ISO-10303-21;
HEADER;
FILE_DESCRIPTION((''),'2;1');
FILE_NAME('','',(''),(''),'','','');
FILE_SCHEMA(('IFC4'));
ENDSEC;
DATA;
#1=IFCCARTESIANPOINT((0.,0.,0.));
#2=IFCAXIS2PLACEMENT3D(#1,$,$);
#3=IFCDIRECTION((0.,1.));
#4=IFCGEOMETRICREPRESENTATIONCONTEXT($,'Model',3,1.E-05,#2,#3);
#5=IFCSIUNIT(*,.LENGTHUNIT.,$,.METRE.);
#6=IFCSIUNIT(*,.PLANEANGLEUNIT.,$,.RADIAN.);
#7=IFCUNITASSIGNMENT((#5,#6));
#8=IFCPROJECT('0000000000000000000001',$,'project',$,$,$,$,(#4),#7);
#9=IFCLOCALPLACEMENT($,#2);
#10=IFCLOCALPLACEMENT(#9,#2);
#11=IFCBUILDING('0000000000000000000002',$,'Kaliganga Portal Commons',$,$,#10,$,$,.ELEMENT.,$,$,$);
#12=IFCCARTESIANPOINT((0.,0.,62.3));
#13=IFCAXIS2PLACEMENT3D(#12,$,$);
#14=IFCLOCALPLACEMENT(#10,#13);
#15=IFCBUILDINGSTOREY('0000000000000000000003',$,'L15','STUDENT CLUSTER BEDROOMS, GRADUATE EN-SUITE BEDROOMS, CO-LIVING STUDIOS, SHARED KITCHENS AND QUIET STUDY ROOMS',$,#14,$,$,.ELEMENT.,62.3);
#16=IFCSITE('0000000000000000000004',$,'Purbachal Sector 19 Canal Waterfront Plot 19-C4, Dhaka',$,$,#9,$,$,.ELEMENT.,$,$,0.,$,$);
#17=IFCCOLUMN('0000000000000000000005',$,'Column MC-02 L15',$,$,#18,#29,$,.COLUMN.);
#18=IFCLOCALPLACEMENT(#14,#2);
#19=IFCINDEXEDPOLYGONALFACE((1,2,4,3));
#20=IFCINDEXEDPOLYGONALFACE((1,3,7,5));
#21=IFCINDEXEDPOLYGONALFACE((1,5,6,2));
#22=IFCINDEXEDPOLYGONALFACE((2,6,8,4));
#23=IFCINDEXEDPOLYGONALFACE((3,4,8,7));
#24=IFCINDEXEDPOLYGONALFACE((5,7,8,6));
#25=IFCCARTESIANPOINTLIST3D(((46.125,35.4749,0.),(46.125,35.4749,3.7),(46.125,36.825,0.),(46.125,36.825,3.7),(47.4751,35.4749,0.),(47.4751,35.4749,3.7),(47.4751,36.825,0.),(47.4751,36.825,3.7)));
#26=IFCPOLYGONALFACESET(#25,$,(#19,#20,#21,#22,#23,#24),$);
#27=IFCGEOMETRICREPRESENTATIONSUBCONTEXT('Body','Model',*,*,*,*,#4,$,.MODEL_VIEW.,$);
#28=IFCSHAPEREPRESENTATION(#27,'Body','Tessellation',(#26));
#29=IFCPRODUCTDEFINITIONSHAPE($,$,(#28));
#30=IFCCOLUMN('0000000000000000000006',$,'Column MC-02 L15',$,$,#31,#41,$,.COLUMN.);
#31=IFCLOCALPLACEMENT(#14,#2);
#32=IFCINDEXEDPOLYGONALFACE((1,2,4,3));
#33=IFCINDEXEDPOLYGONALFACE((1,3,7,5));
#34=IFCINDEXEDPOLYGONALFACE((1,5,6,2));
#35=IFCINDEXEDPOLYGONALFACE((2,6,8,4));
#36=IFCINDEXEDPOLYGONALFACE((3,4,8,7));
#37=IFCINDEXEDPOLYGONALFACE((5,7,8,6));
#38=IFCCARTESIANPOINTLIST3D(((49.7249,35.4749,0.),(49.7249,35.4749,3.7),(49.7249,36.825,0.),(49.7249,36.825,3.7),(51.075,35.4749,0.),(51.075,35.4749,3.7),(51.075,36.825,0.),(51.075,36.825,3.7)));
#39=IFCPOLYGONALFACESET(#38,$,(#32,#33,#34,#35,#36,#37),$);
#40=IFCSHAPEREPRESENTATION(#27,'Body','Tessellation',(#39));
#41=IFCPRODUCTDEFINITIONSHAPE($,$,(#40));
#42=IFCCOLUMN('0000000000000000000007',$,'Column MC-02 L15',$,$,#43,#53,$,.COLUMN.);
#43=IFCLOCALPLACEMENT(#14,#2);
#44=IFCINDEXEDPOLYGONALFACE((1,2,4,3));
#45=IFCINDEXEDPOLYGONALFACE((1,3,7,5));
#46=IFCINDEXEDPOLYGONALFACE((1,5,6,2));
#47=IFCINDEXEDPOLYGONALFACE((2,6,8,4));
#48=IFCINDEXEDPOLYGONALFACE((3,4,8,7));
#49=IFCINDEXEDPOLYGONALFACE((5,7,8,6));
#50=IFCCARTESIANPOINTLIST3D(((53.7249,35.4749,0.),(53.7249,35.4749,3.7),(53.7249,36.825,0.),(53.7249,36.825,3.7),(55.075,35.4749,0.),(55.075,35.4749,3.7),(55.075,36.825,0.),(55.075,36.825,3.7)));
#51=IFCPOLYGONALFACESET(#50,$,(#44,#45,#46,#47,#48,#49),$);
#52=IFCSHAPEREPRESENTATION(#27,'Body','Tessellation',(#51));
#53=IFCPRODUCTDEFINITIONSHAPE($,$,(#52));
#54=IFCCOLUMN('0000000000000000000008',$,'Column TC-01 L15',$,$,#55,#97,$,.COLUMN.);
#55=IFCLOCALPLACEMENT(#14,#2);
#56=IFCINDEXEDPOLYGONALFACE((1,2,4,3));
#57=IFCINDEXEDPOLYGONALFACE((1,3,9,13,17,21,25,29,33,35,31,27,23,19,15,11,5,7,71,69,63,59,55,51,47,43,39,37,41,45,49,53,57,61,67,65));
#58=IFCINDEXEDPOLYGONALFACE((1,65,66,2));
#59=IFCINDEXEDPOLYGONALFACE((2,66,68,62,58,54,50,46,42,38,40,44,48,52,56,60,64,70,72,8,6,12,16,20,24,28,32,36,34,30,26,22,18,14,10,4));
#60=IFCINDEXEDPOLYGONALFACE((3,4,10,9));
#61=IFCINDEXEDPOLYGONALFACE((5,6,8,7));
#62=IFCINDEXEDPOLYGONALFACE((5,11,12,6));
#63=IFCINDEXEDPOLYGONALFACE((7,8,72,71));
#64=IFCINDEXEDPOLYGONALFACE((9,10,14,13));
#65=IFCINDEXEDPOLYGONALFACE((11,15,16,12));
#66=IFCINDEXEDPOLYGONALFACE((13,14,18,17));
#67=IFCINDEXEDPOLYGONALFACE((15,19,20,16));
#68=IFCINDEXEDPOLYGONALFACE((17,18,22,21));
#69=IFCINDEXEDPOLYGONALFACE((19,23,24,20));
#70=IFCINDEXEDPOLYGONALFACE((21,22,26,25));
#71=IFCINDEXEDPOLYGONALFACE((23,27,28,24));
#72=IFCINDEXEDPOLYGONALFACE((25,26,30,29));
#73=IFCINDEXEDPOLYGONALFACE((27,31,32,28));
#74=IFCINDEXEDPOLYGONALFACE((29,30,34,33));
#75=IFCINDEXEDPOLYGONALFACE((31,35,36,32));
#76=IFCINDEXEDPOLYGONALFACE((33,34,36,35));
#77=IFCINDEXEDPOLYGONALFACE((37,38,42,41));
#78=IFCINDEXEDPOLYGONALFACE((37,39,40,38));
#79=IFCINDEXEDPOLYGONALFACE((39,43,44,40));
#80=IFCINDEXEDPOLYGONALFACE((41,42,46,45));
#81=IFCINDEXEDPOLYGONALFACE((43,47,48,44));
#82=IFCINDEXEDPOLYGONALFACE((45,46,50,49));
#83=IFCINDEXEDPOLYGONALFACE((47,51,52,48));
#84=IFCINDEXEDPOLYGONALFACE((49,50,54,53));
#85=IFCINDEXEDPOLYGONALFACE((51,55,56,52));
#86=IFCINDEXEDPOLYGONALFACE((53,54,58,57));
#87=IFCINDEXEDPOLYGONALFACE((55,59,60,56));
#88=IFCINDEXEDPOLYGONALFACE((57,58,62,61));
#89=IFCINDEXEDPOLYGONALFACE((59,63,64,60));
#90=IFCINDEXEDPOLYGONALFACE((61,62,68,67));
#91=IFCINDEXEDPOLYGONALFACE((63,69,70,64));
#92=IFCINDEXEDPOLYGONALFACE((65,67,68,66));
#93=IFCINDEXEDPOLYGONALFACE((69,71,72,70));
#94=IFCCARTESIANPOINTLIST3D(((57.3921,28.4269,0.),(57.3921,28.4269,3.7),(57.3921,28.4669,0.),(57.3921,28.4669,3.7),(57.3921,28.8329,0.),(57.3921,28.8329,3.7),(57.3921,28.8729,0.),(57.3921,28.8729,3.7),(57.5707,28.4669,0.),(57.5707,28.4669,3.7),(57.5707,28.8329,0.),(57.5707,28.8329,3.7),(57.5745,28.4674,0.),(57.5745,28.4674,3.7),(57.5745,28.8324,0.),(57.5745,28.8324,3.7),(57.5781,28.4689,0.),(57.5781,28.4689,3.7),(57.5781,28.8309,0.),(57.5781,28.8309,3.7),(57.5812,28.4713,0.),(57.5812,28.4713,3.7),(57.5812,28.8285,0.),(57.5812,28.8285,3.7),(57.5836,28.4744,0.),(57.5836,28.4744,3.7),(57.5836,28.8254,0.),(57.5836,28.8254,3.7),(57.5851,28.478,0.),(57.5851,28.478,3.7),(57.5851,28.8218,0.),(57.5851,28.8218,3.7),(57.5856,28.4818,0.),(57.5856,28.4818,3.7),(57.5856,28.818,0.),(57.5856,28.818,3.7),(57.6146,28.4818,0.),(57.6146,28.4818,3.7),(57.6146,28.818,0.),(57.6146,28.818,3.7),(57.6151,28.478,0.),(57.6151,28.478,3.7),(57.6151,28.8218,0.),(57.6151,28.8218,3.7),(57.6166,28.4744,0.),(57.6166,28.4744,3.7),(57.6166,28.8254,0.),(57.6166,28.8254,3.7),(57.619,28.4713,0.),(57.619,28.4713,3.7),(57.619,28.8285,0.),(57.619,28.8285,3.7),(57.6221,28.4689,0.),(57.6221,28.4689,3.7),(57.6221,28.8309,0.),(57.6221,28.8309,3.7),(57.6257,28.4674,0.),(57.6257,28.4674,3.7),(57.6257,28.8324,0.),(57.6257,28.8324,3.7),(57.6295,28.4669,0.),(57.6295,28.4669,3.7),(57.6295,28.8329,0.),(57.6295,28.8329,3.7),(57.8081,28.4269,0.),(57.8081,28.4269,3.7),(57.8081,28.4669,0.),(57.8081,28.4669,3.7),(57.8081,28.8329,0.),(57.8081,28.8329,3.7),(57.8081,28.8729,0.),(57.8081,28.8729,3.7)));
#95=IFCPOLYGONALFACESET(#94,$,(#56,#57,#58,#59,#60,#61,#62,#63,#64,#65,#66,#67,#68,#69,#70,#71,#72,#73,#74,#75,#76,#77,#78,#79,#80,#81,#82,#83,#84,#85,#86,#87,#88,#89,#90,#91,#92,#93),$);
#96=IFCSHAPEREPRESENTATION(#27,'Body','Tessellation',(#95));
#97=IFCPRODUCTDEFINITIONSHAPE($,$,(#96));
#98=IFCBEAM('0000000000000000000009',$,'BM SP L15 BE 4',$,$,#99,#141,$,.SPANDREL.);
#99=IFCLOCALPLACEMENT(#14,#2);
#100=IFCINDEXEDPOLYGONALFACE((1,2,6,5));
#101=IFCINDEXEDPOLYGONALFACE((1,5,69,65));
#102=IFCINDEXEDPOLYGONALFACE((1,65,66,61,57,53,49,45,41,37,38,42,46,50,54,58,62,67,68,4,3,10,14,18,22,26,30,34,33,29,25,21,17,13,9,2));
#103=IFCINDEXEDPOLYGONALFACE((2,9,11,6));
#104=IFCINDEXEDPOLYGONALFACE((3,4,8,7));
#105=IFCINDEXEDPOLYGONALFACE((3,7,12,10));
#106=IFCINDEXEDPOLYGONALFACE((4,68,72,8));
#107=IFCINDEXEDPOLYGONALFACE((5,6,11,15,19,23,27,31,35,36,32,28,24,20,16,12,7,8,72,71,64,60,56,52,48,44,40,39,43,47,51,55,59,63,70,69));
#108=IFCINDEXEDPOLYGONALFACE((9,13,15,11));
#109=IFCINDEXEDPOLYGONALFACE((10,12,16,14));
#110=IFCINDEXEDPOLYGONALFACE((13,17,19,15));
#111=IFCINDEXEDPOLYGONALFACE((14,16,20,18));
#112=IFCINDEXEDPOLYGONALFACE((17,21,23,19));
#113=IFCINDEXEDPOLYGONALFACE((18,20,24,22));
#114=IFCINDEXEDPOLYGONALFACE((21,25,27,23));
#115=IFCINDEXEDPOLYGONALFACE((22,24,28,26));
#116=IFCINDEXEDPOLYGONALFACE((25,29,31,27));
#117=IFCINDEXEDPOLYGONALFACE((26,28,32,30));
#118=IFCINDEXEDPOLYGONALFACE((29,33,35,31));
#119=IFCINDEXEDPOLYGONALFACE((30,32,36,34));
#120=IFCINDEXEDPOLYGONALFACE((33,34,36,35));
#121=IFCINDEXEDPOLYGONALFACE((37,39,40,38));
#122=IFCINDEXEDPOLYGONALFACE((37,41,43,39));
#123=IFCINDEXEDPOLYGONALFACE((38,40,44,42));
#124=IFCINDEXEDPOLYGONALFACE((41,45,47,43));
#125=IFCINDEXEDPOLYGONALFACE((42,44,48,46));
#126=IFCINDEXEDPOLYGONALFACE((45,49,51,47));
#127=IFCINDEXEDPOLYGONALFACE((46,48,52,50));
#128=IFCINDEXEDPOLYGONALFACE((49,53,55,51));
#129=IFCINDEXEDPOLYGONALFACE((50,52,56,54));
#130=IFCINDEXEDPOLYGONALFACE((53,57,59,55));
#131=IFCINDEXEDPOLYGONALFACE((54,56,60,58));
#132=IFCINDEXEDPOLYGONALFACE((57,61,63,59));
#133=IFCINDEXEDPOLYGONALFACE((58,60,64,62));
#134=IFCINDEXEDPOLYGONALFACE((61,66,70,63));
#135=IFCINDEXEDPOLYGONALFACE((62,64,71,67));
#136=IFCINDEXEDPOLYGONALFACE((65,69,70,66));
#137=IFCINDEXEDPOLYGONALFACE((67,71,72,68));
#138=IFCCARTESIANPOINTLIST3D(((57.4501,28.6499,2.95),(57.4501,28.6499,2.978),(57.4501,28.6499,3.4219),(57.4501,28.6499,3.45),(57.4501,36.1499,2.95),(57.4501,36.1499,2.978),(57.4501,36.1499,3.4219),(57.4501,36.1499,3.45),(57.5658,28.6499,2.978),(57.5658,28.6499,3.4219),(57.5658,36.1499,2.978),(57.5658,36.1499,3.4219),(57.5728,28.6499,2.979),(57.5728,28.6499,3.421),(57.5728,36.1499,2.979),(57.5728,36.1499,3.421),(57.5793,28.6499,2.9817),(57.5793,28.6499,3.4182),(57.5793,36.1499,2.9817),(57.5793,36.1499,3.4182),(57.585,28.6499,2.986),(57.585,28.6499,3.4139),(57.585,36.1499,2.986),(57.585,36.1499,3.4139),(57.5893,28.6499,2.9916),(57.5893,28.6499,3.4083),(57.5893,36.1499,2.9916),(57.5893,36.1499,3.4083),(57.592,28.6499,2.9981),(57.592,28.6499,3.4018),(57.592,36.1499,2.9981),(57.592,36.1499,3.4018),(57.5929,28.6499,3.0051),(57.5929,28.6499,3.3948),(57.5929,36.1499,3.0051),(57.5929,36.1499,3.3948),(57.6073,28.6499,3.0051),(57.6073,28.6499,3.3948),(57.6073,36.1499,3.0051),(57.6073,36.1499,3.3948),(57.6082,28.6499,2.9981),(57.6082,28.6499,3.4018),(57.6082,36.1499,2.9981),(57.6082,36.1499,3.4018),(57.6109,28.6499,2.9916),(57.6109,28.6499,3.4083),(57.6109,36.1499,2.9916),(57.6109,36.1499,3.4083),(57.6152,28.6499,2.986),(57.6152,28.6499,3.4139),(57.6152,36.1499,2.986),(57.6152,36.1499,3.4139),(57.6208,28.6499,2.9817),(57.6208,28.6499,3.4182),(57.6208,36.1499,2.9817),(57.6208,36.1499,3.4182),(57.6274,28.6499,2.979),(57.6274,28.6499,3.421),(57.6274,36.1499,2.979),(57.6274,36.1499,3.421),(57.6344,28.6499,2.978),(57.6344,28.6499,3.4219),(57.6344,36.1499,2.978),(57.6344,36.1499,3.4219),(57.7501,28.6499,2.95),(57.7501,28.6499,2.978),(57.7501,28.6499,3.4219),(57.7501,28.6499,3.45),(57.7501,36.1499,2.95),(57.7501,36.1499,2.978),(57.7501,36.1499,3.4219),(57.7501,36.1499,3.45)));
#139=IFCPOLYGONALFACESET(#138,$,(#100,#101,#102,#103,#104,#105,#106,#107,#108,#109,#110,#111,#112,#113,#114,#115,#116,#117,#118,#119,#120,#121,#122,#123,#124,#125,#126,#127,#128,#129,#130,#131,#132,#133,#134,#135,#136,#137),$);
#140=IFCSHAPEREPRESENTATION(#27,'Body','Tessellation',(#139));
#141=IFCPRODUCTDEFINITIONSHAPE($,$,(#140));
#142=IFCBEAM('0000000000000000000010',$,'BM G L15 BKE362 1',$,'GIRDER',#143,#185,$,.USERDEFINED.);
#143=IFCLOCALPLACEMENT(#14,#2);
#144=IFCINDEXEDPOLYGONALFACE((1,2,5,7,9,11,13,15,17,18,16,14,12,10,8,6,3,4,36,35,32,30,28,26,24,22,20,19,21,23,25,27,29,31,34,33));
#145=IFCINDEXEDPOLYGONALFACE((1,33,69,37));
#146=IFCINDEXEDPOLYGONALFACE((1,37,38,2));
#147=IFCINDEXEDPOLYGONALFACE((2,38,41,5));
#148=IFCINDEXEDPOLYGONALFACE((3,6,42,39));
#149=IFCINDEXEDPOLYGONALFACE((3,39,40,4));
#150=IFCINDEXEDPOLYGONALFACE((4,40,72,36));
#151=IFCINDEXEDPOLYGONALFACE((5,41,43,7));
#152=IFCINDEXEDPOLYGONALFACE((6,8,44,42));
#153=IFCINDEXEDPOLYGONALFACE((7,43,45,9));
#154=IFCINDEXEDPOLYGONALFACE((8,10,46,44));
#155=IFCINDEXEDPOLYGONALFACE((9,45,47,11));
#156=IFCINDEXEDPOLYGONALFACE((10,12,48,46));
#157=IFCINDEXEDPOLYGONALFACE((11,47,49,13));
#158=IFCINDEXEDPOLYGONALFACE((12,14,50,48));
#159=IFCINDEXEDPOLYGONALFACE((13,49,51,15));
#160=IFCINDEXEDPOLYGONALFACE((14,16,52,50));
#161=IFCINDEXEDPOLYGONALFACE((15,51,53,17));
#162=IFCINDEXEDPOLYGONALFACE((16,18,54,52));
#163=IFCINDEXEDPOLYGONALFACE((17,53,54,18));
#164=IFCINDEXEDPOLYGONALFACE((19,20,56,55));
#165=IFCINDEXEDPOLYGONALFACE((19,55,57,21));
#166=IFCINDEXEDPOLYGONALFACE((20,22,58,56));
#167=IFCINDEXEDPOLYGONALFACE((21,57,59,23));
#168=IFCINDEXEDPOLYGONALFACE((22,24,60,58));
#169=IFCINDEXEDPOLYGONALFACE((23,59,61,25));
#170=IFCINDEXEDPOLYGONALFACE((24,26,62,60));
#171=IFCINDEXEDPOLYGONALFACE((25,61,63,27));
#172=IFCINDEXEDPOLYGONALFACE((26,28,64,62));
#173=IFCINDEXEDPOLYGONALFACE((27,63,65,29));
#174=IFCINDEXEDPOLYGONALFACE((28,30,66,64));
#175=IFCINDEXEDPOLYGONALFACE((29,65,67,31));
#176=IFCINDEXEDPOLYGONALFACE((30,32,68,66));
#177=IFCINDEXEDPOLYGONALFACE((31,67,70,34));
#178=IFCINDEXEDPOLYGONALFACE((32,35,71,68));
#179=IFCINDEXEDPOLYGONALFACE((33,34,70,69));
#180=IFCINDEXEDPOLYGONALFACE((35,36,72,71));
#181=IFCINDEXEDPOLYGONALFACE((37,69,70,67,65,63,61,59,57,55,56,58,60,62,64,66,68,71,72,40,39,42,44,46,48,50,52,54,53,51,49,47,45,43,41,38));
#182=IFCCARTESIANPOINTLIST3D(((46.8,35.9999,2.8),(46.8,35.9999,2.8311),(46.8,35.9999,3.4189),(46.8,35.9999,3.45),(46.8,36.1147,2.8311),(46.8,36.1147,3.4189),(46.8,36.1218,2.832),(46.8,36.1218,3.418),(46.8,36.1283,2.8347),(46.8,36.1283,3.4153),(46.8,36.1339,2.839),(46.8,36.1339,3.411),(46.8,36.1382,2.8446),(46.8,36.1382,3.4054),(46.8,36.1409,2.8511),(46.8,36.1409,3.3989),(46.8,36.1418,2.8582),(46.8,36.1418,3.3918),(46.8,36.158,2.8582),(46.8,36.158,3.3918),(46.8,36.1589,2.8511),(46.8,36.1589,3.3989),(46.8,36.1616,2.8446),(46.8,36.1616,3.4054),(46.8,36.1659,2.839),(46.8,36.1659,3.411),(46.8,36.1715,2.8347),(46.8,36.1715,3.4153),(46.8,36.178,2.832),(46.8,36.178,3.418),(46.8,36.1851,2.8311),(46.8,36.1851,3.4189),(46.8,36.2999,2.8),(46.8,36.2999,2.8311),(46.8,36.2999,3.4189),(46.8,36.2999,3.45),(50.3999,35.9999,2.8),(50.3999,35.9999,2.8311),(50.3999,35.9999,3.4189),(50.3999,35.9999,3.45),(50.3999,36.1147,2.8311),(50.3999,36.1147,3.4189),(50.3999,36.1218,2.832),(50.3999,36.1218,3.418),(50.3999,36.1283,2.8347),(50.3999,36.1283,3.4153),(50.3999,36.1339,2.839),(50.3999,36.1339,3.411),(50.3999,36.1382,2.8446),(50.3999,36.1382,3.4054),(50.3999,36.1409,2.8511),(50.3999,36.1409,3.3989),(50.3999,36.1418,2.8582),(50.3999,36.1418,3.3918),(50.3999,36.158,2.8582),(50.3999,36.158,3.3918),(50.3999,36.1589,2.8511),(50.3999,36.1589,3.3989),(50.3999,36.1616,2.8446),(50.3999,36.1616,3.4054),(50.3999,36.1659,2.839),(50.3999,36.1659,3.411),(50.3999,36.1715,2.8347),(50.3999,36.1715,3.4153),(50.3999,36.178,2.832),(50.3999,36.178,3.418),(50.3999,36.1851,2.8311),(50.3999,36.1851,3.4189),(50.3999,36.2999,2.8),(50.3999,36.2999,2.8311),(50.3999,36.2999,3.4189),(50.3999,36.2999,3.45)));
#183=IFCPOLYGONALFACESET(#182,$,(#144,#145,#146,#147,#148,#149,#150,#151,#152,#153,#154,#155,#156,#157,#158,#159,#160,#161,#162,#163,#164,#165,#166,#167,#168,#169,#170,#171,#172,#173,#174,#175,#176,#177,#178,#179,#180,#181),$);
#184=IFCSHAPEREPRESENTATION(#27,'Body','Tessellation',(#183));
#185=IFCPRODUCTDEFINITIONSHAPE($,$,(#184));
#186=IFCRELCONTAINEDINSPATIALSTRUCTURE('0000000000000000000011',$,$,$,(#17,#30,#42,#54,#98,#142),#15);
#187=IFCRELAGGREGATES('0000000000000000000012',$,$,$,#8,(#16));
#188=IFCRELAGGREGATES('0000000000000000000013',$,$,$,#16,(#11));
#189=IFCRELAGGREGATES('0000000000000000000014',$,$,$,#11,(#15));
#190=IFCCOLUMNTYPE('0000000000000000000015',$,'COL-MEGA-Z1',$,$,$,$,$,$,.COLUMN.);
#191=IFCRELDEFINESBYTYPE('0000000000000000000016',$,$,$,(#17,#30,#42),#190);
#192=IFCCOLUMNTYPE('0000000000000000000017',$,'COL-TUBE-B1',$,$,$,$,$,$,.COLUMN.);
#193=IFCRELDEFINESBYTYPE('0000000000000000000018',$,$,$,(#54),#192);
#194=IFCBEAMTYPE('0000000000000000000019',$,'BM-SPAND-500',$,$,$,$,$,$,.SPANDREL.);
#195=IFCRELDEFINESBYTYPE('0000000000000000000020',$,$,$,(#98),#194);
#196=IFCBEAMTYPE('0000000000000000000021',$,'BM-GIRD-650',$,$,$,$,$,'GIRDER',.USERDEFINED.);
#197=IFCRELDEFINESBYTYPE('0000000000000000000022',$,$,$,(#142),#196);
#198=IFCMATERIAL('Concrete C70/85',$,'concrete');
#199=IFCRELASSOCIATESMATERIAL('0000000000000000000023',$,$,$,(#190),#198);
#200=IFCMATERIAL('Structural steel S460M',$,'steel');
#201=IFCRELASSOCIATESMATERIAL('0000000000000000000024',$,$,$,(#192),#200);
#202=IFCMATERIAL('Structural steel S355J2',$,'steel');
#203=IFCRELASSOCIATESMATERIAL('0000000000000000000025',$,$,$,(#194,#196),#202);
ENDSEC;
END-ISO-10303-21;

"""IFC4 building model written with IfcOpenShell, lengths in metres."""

from ifc_helpers import new_model, si_unit, direction, frame, origin, origin_2d, place, context, subcontext, project, spatial, rectangle, i_section, extrude, source, transform, mapped, material, material_profile, profile_set, type_object, element, save


model = new_model("IFC4")

# Units and contexts
model_context = context("Model", 3, precision=1e-05, world=origin(), true_north=direction((0.0, 1.0)))
body_context = subcontext(model_context, "Body", "Model", "MODEL_VIEW")
ifc_project = project(units=[si_unit("LENGTHUNIT", "METRE"), si_unit("PLANEANGLEUNIT", "RADIAN")], contexts=[model_context])

# Site, building, storey
site_placement = place(None, origin())
site = spatial("IfcSite", under=ifc_project, at=site_placement, Name="Purbachal Sector 19 Canal Waterfront Plot 19-C4, Dhaka", CompositionType="ELEMENT", RefElevation=0.0)
building_placement = place(site_placement, origin())
building = spatial("IfcBuilding", under=site, at=building_placement, Name="Kaliganga Portal Commons", CompositionType="ELEMENT")
storey_placement = place(building_placement, frame((0.0, 0.0, 62.3)))
storey = spatial("IfcBuildingStorey", under=building, at=storey_placement, Name="L15", Description="STUDENT CLUSTER BEDROOMS, GRADUATE EN-SUITE BEDROOMS, CO-LIVING STUDIOS, SHARED KITCHENS AND QUIET STUDY ROOMS", CompositionType="ELEMENT", Elevation=62.3)

# Columns
ifc_material_1 = material(Name="Concrete C70/85", Category="concrete")
ifc_material_profile_1 = material_profile(ifc_material_1, rectangle(XDim=1.3501, YDim=1.3501, at=origin_2d()), Name="RC 1350x1350")
ifc_profile_set_1 = profile_set([ifc_material_profile_1], Name="Concrete C70/85")
column_type_1 = type_object("IfcColumnType", Name="COL-MEGA-Z1", PredefinedType="COLUMN", material=ifc_profile_set_1)
shared_shape_1 = source(origin(), body_context, "Body", "SweptSolid", [
    extrude(rectangle(XDim=1.3501, YDim=1.3501, at=origin_2d()), origin(), (0.0, 0.0, 1.0), 3.7),
])
for number, where, z_axis, x_axis, name in (
    (1, (46.8, 36.1499, 0.0), (0.0, 0.0, 1.0), (1.0, 0.0, 0.0), "Column MC-02 L15"),
    (2, (50.3999, 36.1499, 0.0), (0.0, 0.0, 1.0), (1.0, 0.0, 0.0), "Column MC-02 L15"),
    (3, (54.3999, 36.1499, 0.0), (0.0, 0.0, 1.0), (1.0, 0.0, 0.0), "Column MC-02 L15"),
):
    element("IfcColumn", number, at=place(storey_placement, frame(where, z_axis=z_axis, x_axis=x_axis)), inside=storey, type_object=column_type_1, Name=name, PredefinedType="COLUMN", context=body_context, shape_type="MappedRepresentation", body=[
        mapped(shared_shape_1, transform((0.0, 0.0, 0.0), x_axis=(1.0, 0.0, 0.0), y_axis=(0.0, 1.0, 0.0), z_axis=(0.0, 0.0, 1.0), scale=1.0)),
    ])
ifc_material_2 = material(Name="Structural steel S460M", Category="steel")
ifc_material_profile_2 = material_profile(ifc_material_2, i_section(OverallWidth=0.416, OverallDepth=0.446, WebThickness=0.0291, FlangeThickness=0.04, FilletRadius=0.0149, at=origin_2d()), Name="HD 400x509")
ifc_profile_set_2 = profile_set([ifc_material_profile_2], Name="Structural steel S460M wide-flange")
column_type_2 = type_object("IfcColumnType", Name="COL-TUBE-B1", PredefinedType="COLUMN", material=ifc_profile_set_2)
shared_shape_2 = source(origin(), body_context, "Body", "SweptSolid", [
    extrude(i_section(OverallWidth=0.416, OverallDepth=0.446, WebThickness=0.0291, FlangeThickness=0.04, FilletRadius=0.0149, at=origin_2d()), origin(), (0.0, 0.0, 1.0), 3.7),
])
column_placement = place(storey_placement, frame((57.6001, 28.6499, 0.0), z_axis=(0.0, 0.0, 1.0), x_axis=(1.0, 0.0, 0.0)))
element("IfcColumn", 4, at=column_placement, inside=storey, type_object=column_type_2, Name="Column TC-01 L15", PredefinedType="COLUMN", context=body_context, shape_type="MappedRepresentation", body=[
    mapped(shared_shape_2, transform((0.0, 0.0, 0.0), x_axis=(1.0, 0.0, 0.0), y_axis=(0.0, 1.0, 0.0), z_axis=(0.0, 0.0, 1.0), scale=1.0)),
])

# Beams
ifc_material_3 = material(Name="Structural steel S355J2", Category="steel")
ifc_material_profile_3 = material_profile(ifc_material_3, i_section(OverallWidth=0.3, OverallDepth=0.5, WebThickness=0.0144, FlangeThickness=0.0281, FilletRadius=0.0271, at=origin_2d()), Name="HE 500 B")
ifc_profile_set_3 = profile_set([ifc_material_profile_3], Name="Structural steel S355J2 wide-flange")
beam_type_1 = type_object("IfcBeamType", Name="BM-SPAND-500", PredefinedType="SPANDREL", material=ifc_profile_set_3)
shared_shape_3 = source(origin(), body_context, "Body", "SweptSolid", [
    extrude(i_section(OverallWidth=0.3, OverallDepth=0.5, WebThickness=0.0144, FlangeThickness=0.0281, FilletRadius=0.0271, at=origin_2d()), origin(), (0.0, 0.0, 1.0), 7.5),
])
beam_1_placement = place(storey_placement, frame((57.6001, 28.6499, 3.2), z_axis=(0.0, 1.0, 0.0), x_axis=(-1.0, 0.0, 0.0)))
element("IfcBeam", 5, at=beam_1_placement, inside=storey, type_object=beam_type_1, Name="BM SP L15 BE 4", PredefinedType="SPANDREL", context=body_context, shape_type="MappedRepresentation", body=[
    mapped(shared_shape_3, transform((0.0, 0.0, 0.0), x_axis=(1.0, 0.0, 0.0), y_axis=(0.0, 1.0, 0.0), z_axis=(0.0, 0.0, 1.0), scale=1.0)),
])
ifc_material_profile_4 = material_profile(ifc_material_3, i_section(OverallWidth=0.3, OverallDepth=0.6499, WebThickness=0.0161, FlangeThickness=0.031, FilletRadius=0.0271, at=origin_2d()), Name="HE 650 B")
ifc_profile_set_4 = profile_set([ifc_material_profile_4], Name="Structural steel S355J2 wide-flange")
beam_type_2 = type_object("IfcBeamType", Name="BM-GIRD-650", ElementType="GIRDER", PredefinedType="USERDEFINED", material=ifc_profile_set_4)
shared_shape_4 = source(origin(), body_context, "Body", "SweptSolid", [
    extrude(i_section(OverallWidth=0.3, OverallDepth=0.6499, WebThickness=0.0161, FlangeThickness=0.031, FilletRadius=0.0271, at=origin_2d()), origin(), (0.0, 0.0, 1.0), 3.5999),
])
beam_2_placement = place(storey_placement, frame((46.8, 36.1499, 3.125), z_axis=(1.0, 0.0, 0.0), x_axis=(0.0, 1.0, 0.0)))
element("IfcBeam", 6, at=beam_2_placement, inside=storey, type_object=beam_type_2, Name="BM G L15 BKE362 1", ObjectType="GIRDER", PredefinedType="USERDEFINED", context=body_context, shape_type="MappedRepresentation", body=[
    mapped(shared_shape_4, transform((0.0, 0.0, 0.0), x_axis=(1.0, 0.0, 0.0), y_axis=(0.0, 1.0, 0.0), z_axis=(0.0, 0.0, 1.0), scale=1.0)),
])

save(model, "model.ifc")
